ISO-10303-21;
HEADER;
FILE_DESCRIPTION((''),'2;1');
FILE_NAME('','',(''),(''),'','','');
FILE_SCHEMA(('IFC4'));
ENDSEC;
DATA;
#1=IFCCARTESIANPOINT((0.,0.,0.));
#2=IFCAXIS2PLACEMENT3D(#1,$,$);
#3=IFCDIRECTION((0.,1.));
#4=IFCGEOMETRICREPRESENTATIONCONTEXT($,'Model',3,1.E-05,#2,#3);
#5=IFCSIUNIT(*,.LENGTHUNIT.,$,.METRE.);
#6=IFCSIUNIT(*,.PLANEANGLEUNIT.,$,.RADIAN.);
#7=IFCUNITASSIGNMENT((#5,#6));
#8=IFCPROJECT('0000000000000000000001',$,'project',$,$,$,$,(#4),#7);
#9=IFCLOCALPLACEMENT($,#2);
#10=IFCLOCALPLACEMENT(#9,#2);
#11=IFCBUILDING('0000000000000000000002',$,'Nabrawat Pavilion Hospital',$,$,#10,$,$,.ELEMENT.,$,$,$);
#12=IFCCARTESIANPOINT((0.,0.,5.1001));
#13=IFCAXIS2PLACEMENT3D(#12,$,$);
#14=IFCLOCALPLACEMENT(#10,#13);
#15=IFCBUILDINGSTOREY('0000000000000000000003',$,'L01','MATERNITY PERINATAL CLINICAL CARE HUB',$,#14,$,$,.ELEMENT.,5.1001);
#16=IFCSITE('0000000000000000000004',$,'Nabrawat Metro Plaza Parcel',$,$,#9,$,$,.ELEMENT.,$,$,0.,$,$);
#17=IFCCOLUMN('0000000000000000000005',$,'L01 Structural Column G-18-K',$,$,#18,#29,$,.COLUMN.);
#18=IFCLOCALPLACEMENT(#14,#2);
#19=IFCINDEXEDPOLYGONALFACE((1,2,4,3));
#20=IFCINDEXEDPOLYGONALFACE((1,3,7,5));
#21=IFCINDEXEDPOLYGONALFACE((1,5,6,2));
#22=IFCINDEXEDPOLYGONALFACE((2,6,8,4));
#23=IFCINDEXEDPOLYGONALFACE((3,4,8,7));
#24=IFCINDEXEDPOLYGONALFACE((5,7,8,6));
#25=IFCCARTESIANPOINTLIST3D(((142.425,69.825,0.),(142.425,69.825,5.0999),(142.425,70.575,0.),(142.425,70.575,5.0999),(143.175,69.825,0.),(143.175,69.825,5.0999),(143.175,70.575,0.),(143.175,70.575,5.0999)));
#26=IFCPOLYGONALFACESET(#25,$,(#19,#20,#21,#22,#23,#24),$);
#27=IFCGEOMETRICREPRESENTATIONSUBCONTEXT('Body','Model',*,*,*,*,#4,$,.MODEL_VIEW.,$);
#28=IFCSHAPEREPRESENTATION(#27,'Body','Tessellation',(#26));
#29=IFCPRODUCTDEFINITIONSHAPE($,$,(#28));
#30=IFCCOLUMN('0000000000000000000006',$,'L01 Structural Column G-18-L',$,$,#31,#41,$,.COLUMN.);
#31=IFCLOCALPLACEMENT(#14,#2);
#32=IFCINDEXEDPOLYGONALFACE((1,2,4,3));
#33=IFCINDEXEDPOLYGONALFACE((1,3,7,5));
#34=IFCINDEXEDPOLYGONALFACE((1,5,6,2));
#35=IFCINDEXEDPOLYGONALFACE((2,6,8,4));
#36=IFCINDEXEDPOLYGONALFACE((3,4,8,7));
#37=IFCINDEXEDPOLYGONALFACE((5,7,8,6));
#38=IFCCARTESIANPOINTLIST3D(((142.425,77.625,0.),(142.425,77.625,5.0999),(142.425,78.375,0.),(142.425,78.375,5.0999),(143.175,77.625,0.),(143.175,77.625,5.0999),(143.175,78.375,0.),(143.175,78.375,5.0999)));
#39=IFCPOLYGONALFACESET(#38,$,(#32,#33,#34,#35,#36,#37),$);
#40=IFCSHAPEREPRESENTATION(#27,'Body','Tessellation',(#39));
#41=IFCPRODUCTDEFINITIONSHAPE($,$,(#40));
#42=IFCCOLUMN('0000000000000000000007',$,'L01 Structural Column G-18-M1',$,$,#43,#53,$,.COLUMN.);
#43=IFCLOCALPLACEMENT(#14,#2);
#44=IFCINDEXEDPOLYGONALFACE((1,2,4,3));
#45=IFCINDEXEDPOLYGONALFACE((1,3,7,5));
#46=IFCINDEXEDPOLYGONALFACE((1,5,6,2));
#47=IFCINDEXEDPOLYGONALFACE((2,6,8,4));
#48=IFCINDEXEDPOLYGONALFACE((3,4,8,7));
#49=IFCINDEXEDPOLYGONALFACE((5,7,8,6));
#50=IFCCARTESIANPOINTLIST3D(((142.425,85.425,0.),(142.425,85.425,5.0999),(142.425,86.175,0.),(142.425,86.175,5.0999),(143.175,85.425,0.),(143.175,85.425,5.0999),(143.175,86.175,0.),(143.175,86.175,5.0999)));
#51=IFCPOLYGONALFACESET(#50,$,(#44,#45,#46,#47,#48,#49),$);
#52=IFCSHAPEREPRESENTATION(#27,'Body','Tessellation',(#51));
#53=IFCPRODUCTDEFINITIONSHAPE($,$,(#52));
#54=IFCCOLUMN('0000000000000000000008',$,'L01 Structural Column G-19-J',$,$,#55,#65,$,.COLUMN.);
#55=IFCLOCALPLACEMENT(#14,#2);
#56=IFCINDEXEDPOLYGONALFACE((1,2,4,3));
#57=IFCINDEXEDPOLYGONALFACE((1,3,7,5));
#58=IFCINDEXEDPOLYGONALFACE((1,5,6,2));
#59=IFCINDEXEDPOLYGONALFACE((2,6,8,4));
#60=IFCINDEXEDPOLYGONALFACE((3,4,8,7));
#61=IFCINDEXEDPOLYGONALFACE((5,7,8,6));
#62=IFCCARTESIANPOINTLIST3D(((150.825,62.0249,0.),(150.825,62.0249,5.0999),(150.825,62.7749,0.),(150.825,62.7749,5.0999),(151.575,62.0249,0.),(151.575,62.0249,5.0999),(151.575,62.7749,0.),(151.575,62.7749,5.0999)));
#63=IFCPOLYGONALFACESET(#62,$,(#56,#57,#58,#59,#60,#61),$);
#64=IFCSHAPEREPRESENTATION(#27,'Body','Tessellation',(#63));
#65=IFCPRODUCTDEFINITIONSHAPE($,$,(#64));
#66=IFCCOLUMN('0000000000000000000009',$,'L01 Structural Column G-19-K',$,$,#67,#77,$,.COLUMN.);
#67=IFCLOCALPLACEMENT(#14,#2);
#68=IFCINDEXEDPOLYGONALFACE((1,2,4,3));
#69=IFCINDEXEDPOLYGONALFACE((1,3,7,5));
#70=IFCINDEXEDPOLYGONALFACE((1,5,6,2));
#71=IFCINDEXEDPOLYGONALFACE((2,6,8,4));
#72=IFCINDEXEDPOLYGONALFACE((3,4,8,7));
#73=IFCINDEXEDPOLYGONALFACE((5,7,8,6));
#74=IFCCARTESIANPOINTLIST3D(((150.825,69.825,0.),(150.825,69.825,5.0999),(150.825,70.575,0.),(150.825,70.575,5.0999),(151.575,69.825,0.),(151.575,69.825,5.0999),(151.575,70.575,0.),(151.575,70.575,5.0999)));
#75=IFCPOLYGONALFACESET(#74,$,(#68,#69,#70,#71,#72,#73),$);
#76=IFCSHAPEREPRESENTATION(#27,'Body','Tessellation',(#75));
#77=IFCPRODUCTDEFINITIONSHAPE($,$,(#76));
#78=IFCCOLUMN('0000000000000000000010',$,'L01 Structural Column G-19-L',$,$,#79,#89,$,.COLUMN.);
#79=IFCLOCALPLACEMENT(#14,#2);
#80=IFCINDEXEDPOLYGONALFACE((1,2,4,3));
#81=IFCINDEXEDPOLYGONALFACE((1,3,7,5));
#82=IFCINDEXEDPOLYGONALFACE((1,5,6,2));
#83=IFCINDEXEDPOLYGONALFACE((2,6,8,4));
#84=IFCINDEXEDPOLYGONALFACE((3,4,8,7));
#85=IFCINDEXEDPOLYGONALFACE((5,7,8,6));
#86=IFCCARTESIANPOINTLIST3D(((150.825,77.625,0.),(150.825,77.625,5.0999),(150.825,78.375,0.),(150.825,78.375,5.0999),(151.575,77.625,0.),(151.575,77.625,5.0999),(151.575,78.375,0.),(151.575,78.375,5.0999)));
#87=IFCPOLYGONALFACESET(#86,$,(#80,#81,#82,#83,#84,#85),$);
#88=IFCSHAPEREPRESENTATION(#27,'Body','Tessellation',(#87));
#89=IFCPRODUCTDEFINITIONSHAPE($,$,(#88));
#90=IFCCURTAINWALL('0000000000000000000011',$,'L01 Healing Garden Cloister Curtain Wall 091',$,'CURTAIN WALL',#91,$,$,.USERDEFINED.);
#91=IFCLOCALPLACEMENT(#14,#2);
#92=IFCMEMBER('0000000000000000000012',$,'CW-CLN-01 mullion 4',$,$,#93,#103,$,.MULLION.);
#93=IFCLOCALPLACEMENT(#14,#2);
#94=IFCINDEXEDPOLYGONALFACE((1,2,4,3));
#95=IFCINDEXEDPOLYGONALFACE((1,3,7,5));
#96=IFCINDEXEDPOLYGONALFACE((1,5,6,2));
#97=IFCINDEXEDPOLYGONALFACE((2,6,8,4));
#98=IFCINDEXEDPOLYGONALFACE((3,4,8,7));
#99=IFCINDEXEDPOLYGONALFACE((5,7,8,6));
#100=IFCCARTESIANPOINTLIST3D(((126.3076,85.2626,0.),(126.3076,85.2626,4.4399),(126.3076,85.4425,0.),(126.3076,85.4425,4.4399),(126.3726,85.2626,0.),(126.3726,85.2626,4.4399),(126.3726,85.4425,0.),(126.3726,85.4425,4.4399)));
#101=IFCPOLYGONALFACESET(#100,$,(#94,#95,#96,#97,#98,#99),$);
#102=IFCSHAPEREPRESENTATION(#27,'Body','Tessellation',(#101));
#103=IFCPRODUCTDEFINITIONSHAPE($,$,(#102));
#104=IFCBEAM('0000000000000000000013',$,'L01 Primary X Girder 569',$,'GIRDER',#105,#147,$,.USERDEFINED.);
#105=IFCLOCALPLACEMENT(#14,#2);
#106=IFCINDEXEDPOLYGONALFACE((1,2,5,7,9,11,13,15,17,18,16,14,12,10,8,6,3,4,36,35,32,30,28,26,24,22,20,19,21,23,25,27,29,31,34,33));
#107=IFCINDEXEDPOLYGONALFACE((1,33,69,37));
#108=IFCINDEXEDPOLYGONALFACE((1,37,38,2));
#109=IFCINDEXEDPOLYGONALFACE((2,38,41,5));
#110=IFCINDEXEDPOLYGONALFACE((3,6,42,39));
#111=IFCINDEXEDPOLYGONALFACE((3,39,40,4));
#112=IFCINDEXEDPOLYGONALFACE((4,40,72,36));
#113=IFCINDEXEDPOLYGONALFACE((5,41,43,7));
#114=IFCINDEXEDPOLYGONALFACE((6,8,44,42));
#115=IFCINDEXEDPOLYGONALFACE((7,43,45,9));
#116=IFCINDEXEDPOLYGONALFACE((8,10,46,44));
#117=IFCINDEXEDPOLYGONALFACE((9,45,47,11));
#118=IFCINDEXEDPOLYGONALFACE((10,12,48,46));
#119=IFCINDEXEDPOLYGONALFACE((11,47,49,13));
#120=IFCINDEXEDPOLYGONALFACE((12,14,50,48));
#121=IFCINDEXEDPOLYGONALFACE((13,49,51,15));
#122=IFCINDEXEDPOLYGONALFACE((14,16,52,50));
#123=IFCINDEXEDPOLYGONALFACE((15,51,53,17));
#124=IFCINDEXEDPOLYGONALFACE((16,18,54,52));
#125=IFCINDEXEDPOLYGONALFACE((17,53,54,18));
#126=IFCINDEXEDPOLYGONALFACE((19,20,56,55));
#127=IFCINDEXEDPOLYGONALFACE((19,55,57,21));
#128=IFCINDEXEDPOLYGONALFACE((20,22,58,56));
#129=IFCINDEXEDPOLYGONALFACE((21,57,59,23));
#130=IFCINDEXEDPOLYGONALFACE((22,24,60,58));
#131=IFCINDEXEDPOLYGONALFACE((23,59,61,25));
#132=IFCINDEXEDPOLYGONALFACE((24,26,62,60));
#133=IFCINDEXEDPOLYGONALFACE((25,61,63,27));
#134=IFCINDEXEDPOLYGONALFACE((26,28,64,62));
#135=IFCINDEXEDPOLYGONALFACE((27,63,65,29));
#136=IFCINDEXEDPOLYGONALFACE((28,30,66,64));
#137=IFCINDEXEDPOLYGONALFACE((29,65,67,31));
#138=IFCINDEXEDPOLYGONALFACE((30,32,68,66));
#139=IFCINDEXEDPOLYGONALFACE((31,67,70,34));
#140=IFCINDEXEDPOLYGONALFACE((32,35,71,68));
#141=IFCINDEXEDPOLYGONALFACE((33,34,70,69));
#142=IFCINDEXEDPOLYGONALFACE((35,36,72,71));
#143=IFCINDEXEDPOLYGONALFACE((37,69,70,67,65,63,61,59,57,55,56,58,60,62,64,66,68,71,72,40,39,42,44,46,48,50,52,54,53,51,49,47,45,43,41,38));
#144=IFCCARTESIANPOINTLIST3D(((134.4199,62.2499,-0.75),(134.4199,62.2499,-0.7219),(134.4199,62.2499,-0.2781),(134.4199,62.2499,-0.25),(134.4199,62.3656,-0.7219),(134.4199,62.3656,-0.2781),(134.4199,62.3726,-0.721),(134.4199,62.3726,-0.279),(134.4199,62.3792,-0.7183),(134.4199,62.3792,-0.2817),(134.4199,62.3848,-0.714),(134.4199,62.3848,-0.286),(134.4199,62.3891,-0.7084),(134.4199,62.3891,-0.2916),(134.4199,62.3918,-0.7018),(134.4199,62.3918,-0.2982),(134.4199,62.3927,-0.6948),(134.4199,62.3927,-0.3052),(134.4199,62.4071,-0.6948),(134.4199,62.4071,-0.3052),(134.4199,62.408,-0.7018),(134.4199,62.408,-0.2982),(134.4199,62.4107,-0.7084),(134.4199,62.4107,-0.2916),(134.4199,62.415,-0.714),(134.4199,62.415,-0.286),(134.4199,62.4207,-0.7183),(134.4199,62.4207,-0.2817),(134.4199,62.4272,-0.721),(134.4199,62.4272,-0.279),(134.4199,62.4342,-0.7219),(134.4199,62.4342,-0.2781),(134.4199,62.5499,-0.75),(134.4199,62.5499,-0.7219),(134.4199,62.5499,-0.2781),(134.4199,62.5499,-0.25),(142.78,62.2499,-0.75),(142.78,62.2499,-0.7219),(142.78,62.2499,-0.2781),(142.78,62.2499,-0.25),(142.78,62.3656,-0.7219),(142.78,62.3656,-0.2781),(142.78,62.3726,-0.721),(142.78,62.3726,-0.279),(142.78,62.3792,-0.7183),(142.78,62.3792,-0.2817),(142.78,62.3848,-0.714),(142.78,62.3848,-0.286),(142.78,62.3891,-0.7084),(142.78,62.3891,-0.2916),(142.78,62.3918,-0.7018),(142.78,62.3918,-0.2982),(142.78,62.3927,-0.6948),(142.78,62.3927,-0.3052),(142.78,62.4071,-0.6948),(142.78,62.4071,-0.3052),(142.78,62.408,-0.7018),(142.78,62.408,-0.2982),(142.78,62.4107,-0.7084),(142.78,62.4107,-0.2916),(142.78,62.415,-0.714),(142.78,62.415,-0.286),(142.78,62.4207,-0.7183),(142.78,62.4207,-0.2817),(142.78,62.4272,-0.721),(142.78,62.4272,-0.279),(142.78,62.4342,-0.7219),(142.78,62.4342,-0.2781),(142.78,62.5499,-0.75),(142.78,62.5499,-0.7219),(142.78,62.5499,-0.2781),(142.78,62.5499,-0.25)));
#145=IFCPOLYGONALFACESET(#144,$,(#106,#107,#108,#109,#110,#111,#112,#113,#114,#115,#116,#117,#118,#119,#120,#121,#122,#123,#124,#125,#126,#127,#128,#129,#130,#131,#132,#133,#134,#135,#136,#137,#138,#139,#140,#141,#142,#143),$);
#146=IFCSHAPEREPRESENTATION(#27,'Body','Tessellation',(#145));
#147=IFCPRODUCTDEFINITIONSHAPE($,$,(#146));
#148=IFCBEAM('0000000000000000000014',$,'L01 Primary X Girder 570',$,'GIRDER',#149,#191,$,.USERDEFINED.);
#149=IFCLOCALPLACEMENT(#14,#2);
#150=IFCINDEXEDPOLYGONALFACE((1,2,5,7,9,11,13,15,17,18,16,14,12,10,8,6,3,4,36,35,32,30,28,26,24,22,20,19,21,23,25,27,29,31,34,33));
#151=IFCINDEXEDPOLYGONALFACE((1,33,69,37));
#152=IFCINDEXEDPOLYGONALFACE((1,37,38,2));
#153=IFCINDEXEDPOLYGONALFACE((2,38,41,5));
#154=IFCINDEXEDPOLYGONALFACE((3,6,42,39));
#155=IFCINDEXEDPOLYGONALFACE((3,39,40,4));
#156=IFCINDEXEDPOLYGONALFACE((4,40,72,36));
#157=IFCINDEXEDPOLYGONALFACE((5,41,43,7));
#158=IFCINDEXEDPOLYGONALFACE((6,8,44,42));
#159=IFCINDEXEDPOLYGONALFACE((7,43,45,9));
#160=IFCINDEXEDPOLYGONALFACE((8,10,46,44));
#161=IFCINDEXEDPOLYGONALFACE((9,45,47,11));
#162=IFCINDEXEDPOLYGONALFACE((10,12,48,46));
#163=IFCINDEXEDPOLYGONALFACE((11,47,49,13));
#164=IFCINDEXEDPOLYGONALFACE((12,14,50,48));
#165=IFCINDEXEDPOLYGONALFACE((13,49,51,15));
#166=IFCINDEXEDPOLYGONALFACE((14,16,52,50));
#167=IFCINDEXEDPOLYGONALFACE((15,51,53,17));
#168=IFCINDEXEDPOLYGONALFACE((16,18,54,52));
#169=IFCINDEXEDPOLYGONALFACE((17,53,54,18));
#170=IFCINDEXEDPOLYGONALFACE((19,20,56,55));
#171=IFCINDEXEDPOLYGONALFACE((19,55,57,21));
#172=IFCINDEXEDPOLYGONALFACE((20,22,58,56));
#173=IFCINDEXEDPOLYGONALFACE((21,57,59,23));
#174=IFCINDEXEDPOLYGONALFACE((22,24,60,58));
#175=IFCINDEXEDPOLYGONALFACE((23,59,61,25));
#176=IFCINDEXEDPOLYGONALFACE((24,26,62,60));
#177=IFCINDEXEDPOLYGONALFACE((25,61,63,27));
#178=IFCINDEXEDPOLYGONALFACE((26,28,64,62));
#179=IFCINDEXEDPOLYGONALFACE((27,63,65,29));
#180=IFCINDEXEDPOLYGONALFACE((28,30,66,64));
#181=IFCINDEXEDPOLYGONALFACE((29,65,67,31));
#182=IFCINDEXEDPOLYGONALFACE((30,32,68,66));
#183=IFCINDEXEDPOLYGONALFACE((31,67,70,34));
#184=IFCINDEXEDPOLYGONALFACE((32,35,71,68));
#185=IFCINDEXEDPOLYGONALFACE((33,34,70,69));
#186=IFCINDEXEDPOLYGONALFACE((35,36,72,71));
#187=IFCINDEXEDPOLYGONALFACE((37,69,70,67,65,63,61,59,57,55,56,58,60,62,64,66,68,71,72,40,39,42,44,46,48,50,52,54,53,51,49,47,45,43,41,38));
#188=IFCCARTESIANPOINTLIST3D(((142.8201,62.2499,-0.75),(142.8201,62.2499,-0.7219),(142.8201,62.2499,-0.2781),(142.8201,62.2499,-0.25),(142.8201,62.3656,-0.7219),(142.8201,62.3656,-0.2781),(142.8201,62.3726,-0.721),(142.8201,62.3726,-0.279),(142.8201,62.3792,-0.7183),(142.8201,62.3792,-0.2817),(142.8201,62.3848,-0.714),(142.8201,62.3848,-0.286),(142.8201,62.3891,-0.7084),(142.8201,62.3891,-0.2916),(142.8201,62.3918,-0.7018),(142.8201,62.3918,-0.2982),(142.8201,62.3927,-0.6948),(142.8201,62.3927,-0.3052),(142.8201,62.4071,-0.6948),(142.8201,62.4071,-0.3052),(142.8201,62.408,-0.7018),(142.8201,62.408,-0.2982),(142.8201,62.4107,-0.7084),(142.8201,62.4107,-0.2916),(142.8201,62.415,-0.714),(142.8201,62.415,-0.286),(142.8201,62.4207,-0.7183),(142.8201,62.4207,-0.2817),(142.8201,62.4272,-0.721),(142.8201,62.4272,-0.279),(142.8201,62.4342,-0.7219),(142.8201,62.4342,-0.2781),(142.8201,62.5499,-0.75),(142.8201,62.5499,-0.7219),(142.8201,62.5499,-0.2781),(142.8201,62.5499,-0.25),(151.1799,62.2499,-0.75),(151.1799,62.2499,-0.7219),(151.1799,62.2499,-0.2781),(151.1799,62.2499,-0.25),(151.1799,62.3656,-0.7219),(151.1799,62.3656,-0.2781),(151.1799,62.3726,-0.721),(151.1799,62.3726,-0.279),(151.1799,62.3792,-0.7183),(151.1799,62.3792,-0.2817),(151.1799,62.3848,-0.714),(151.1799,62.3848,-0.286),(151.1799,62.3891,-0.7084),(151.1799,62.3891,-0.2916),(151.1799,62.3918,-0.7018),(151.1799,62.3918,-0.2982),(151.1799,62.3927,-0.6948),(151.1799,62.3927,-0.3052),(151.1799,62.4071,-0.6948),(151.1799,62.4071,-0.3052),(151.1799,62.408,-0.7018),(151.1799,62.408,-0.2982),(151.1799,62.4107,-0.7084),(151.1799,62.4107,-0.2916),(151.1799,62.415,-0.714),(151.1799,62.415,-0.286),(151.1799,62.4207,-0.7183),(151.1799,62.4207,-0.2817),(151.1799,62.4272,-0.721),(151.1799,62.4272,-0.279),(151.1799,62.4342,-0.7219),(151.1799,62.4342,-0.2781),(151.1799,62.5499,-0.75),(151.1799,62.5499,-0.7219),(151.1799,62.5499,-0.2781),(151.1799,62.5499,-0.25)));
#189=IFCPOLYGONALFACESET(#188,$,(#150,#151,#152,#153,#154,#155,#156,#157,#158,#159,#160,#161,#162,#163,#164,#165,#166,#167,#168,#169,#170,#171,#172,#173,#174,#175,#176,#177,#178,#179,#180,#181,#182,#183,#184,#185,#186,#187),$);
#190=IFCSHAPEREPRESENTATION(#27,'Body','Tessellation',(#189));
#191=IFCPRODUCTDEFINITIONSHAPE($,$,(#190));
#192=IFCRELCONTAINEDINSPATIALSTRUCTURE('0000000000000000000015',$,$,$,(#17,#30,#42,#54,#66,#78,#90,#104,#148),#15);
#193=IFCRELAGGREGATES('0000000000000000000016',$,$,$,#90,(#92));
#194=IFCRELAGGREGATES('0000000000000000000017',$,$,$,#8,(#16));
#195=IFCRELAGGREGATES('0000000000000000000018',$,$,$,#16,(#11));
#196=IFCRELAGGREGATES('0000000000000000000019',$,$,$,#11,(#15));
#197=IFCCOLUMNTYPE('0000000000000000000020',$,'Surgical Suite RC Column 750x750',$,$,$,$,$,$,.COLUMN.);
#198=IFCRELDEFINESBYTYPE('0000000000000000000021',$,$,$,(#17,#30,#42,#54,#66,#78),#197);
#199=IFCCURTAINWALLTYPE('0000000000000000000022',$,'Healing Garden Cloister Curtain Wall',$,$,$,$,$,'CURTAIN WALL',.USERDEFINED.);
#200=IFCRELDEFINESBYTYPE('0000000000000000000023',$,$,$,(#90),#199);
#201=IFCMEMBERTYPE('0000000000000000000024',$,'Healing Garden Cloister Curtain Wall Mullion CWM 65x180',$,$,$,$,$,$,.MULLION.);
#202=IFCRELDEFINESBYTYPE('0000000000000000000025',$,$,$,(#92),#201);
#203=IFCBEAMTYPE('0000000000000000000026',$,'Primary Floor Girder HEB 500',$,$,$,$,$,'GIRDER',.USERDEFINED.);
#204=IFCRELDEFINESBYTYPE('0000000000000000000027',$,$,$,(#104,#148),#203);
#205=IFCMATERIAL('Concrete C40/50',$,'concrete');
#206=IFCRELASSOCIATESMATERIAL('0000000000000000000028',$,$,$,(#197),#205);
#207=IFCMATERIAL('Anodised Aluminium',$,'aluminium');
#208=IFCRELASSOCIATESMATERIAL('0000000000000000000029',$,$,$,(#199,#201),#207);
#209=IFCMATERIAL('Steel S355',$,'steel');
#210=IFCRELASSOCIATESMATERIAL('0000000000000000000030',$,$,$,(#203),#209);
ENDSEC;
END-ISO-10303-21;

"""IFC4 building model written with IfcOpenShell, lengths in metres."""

from ifc_helpers import new_model, si_unit, direction, frame, origin, origin_2d, place, context, subcontext, project, spatial, rectangle, i_section, extrude, material, material_profile, profile_set, type_object, element, aggregate, save


model = new_model("IFC4")

# Units and contexts
model_context = context("Model", 3, precision=1e-05, world=origin(), true_north=direction((0.0, 1.0)))
body_context = subcontext(model_context, "Body", "Model", "MODEL_VIEW")
ifc_project = project(units=[si_unit("LENGTHUNIT", "METRE"), si_unit("PLANEANGLEUNIT", "RADIAN")], contexts=[model_context])

# Site, building, storey
site_placement = place(None, origin())
site = spatial("IfcSite", under=ifc_project, at=site_placement, Name="Nabrawat Metro Plaza Parcel", CompositionType="ELEMENT", RefElevation=0.0)
building_placement = place(site_placement, origin())
building = spatial("IfcBuilding", under=site, at=building_placement, Name="Nabrawat Pavilion Hospital", CompositionType="ELEMENT")
storey_placement = place(building_placement, frame((0.0, 0.0, 5.1001)))
storey = spatial("IfcBuildingStorey", under=building, at=storey_placement, Name="L01", Description="MATERNITY PERINATAL CLINICAL CARE HUB", CompositionType="ELEMENT", Elevation=5.1001)

# Columns
ifc_material_1 = material(Name="Steel S355", Category="steel")
ifc_material_2 = material(Name="Concrete C40/50", Category="concrete")
ifc_material_profile_1 = material_profile(ifc_material_2, rectangle(XDim=0.75, YDim=0.75, at=origin_2d()), Name="RC 750x750")
ifc_profile_set_1 = profile_set([ifc_material_profile_1], Name="Concrete C40/50")
column_type_1 = type_object("IfcColumnType", Name="Surgical Suite RC Column 750x750", PredefinedType="COLUMN", material=ifc_profile_set_1)
for number, where, z_axis, x_axis, name in (
    (1, (142.8, 70.2, 0.0), (0.0, 0.0, 1.0), (1.0, 0.0, 0.0), "L01 Structural Column G-18-K"),
    (2, (142.8, 78.0, 0.0), (0.0, 0.0, 1.0), (1.0, 0.0, 0.0), "L01 Structural Column G-18-L"),
    (3, (142.8, 85.8, 0.0), (0.0, 0.0, 1.0), (1.0, 0.0, 0.0), "L01 Structural Column G-18-M1"),
    (4, (151.2, 62.3999, 0.0), (0.0, 0.0, 1.0), (1.0, 0.0, 0.0), "L01 Structural Column G-19-J"),
    (5, (151.2, 70.2, 0.0), (0.0, 0.0, 1.0), (1.0, 0.0, 0.0), "L01 Structural Column G-19-K"),
    (6, (151.2, 78.0, 0.0), (0.0, 0.0, 1.0), (1.0, 0.0, 0.0), "L01 Structural Column G-19-L"),
):
    element("IfcColumn", number, at=place(storey_placement, frame(where, z_axis=z_axis, x_axis=x_axis)), inside=storey, type_object=column_type_1, Name=name, PredefinedType="COLUMN", context=body_context, shape_type="SweptSolid", body=[
        extrude(rectangle(XDim=0.75, YDim=0.75, at=origin_2d()), origin(), (0.0, 0.0, 1.0), 5.0999),
    ])

# Curtain wall, member
ifc_material_3 = material(Name="Anodised Aluminium", Category="aluminium")
curtain_wall_type = type_object("IfcCurtainWallType", Name="Healing Garden Cloister Curtain Wall", ElementType="CURTAIN WALL", PredefinedType="USERDEFINED", material=ifc_material_3)
curtain_wall_placement = place(storey_placement, origin())
curtain_wall = element("IfcCurtainWall", 7, at=curtain_wall_placement, inside=storey, type_object=curtain_wall_type, Name="L01 Healing Garden Cloister Curtain Wall 091", ObjectType="CURTAIN WALL", PredefinedType="USERDEFINED")
ifc_material_profile_2 = material_profile(ifc_material_3, rectangle(XDim=0.0649, YDim=0.1799, at=origin_2d()), Name="CWM 65x180")
ifc_profile_set_2 = profile_set([ifc_material_profile_2], Name="Anodised Aluminium")
member_type = type_object("IfcMemberType", Name="Healing Garden Cloister Curtain Wall Mullion CWM 65x180", PredefinedType="MULLION", material=ifc_profile_set_2)
member_placement = place(storey_placement, frame((126.3401, 85.3525, 0.0), z_axis=(0.0, 0.0, 1.0), x_axis=(-1.0, 0.0, 0.0)))
member = element("IfcMember", 8, at=member_placement, type_object=member_type, Name="CW-CLN-01 mullion 4", PredefinedType="MULLION", context=body_context, shape_type="SweptSolid", body=[
    extrude(rectangle(XDim=0.0649, YDim=0.1799, at=origin_2d()), origin(), (0.0, 0.0, 1.0), 4.4399),
])

# Beams
ifc_material_profile_3 = material_profile(ifc_material_1, i_section(OverallWidth=0.3, OverallDepth=0.5, WebThickness=0.0144, FlangeThickness=0.0281, FilletRadius=0.0271, at=origin_2d()), Name="HEB 500")
ifc_profile_set_3 = profile_set([ifc_material_profile_3], Name="Steel S355")
beam_type_1 = type_object("IfcBeamType", Name="Primary Floor Girder HEB 500", ElementType="GIRDER", PredefinedType="USERDEFINED", material=ifc_profile_set_3)
beam_1_placement = place(storey_placement, frame((134.4199, 62.3999, -0.5), z_axis=(1.0, 0.0, 0.0), x_axis=(0.0, 1.0, 0.0)))
element("IfcBeam", 9, at=beam_1_placement, inside=storey, type_object=beam_type_1, Name="L01 Primary X Girder 569", ObjectType="GIRDER", PredefinedType="USERDEFINED", context=body_context, shape_type="SweptSolid", body=[
    extrude(i_section(OverallWidth=0.3, OverallDepth=0.5, WebThickness=0.0144, FlangeThickness=0.0281, FilletRadius=0.0271, at=origin_2d()), origin(), (0.0, 0.0, 1.0), 8.3601),
])
beam_2_placement = place(storey_placement, frame((142.8201, 62.3999, -0.5), z_axis=(1.0, 0.0, 0.0), x_axis=(0.0, 1.0, 0.0)))
element("IfcBeam", 10, at=beam_2_placement, inside=storey, type_object=beam_type_1, Name="L01 Primary X Girder 570", ObjectType="GIRDER", PredefinedType="USERDEFINED", context=body_context, shape_type="SweptSolid", body=[
    extrude(i_section(OverallWidth=0.3, OverallDepth=0.5, WebThickness=0.0144, FlangeThickness=0.0281, FilletRadius=0.0271, at=origin_2d()), origin(), (0.0, 0.0, 1.0), 8.3599),
])

aggregate(curtain_wall, [member])

save(model, "model.ifc")
